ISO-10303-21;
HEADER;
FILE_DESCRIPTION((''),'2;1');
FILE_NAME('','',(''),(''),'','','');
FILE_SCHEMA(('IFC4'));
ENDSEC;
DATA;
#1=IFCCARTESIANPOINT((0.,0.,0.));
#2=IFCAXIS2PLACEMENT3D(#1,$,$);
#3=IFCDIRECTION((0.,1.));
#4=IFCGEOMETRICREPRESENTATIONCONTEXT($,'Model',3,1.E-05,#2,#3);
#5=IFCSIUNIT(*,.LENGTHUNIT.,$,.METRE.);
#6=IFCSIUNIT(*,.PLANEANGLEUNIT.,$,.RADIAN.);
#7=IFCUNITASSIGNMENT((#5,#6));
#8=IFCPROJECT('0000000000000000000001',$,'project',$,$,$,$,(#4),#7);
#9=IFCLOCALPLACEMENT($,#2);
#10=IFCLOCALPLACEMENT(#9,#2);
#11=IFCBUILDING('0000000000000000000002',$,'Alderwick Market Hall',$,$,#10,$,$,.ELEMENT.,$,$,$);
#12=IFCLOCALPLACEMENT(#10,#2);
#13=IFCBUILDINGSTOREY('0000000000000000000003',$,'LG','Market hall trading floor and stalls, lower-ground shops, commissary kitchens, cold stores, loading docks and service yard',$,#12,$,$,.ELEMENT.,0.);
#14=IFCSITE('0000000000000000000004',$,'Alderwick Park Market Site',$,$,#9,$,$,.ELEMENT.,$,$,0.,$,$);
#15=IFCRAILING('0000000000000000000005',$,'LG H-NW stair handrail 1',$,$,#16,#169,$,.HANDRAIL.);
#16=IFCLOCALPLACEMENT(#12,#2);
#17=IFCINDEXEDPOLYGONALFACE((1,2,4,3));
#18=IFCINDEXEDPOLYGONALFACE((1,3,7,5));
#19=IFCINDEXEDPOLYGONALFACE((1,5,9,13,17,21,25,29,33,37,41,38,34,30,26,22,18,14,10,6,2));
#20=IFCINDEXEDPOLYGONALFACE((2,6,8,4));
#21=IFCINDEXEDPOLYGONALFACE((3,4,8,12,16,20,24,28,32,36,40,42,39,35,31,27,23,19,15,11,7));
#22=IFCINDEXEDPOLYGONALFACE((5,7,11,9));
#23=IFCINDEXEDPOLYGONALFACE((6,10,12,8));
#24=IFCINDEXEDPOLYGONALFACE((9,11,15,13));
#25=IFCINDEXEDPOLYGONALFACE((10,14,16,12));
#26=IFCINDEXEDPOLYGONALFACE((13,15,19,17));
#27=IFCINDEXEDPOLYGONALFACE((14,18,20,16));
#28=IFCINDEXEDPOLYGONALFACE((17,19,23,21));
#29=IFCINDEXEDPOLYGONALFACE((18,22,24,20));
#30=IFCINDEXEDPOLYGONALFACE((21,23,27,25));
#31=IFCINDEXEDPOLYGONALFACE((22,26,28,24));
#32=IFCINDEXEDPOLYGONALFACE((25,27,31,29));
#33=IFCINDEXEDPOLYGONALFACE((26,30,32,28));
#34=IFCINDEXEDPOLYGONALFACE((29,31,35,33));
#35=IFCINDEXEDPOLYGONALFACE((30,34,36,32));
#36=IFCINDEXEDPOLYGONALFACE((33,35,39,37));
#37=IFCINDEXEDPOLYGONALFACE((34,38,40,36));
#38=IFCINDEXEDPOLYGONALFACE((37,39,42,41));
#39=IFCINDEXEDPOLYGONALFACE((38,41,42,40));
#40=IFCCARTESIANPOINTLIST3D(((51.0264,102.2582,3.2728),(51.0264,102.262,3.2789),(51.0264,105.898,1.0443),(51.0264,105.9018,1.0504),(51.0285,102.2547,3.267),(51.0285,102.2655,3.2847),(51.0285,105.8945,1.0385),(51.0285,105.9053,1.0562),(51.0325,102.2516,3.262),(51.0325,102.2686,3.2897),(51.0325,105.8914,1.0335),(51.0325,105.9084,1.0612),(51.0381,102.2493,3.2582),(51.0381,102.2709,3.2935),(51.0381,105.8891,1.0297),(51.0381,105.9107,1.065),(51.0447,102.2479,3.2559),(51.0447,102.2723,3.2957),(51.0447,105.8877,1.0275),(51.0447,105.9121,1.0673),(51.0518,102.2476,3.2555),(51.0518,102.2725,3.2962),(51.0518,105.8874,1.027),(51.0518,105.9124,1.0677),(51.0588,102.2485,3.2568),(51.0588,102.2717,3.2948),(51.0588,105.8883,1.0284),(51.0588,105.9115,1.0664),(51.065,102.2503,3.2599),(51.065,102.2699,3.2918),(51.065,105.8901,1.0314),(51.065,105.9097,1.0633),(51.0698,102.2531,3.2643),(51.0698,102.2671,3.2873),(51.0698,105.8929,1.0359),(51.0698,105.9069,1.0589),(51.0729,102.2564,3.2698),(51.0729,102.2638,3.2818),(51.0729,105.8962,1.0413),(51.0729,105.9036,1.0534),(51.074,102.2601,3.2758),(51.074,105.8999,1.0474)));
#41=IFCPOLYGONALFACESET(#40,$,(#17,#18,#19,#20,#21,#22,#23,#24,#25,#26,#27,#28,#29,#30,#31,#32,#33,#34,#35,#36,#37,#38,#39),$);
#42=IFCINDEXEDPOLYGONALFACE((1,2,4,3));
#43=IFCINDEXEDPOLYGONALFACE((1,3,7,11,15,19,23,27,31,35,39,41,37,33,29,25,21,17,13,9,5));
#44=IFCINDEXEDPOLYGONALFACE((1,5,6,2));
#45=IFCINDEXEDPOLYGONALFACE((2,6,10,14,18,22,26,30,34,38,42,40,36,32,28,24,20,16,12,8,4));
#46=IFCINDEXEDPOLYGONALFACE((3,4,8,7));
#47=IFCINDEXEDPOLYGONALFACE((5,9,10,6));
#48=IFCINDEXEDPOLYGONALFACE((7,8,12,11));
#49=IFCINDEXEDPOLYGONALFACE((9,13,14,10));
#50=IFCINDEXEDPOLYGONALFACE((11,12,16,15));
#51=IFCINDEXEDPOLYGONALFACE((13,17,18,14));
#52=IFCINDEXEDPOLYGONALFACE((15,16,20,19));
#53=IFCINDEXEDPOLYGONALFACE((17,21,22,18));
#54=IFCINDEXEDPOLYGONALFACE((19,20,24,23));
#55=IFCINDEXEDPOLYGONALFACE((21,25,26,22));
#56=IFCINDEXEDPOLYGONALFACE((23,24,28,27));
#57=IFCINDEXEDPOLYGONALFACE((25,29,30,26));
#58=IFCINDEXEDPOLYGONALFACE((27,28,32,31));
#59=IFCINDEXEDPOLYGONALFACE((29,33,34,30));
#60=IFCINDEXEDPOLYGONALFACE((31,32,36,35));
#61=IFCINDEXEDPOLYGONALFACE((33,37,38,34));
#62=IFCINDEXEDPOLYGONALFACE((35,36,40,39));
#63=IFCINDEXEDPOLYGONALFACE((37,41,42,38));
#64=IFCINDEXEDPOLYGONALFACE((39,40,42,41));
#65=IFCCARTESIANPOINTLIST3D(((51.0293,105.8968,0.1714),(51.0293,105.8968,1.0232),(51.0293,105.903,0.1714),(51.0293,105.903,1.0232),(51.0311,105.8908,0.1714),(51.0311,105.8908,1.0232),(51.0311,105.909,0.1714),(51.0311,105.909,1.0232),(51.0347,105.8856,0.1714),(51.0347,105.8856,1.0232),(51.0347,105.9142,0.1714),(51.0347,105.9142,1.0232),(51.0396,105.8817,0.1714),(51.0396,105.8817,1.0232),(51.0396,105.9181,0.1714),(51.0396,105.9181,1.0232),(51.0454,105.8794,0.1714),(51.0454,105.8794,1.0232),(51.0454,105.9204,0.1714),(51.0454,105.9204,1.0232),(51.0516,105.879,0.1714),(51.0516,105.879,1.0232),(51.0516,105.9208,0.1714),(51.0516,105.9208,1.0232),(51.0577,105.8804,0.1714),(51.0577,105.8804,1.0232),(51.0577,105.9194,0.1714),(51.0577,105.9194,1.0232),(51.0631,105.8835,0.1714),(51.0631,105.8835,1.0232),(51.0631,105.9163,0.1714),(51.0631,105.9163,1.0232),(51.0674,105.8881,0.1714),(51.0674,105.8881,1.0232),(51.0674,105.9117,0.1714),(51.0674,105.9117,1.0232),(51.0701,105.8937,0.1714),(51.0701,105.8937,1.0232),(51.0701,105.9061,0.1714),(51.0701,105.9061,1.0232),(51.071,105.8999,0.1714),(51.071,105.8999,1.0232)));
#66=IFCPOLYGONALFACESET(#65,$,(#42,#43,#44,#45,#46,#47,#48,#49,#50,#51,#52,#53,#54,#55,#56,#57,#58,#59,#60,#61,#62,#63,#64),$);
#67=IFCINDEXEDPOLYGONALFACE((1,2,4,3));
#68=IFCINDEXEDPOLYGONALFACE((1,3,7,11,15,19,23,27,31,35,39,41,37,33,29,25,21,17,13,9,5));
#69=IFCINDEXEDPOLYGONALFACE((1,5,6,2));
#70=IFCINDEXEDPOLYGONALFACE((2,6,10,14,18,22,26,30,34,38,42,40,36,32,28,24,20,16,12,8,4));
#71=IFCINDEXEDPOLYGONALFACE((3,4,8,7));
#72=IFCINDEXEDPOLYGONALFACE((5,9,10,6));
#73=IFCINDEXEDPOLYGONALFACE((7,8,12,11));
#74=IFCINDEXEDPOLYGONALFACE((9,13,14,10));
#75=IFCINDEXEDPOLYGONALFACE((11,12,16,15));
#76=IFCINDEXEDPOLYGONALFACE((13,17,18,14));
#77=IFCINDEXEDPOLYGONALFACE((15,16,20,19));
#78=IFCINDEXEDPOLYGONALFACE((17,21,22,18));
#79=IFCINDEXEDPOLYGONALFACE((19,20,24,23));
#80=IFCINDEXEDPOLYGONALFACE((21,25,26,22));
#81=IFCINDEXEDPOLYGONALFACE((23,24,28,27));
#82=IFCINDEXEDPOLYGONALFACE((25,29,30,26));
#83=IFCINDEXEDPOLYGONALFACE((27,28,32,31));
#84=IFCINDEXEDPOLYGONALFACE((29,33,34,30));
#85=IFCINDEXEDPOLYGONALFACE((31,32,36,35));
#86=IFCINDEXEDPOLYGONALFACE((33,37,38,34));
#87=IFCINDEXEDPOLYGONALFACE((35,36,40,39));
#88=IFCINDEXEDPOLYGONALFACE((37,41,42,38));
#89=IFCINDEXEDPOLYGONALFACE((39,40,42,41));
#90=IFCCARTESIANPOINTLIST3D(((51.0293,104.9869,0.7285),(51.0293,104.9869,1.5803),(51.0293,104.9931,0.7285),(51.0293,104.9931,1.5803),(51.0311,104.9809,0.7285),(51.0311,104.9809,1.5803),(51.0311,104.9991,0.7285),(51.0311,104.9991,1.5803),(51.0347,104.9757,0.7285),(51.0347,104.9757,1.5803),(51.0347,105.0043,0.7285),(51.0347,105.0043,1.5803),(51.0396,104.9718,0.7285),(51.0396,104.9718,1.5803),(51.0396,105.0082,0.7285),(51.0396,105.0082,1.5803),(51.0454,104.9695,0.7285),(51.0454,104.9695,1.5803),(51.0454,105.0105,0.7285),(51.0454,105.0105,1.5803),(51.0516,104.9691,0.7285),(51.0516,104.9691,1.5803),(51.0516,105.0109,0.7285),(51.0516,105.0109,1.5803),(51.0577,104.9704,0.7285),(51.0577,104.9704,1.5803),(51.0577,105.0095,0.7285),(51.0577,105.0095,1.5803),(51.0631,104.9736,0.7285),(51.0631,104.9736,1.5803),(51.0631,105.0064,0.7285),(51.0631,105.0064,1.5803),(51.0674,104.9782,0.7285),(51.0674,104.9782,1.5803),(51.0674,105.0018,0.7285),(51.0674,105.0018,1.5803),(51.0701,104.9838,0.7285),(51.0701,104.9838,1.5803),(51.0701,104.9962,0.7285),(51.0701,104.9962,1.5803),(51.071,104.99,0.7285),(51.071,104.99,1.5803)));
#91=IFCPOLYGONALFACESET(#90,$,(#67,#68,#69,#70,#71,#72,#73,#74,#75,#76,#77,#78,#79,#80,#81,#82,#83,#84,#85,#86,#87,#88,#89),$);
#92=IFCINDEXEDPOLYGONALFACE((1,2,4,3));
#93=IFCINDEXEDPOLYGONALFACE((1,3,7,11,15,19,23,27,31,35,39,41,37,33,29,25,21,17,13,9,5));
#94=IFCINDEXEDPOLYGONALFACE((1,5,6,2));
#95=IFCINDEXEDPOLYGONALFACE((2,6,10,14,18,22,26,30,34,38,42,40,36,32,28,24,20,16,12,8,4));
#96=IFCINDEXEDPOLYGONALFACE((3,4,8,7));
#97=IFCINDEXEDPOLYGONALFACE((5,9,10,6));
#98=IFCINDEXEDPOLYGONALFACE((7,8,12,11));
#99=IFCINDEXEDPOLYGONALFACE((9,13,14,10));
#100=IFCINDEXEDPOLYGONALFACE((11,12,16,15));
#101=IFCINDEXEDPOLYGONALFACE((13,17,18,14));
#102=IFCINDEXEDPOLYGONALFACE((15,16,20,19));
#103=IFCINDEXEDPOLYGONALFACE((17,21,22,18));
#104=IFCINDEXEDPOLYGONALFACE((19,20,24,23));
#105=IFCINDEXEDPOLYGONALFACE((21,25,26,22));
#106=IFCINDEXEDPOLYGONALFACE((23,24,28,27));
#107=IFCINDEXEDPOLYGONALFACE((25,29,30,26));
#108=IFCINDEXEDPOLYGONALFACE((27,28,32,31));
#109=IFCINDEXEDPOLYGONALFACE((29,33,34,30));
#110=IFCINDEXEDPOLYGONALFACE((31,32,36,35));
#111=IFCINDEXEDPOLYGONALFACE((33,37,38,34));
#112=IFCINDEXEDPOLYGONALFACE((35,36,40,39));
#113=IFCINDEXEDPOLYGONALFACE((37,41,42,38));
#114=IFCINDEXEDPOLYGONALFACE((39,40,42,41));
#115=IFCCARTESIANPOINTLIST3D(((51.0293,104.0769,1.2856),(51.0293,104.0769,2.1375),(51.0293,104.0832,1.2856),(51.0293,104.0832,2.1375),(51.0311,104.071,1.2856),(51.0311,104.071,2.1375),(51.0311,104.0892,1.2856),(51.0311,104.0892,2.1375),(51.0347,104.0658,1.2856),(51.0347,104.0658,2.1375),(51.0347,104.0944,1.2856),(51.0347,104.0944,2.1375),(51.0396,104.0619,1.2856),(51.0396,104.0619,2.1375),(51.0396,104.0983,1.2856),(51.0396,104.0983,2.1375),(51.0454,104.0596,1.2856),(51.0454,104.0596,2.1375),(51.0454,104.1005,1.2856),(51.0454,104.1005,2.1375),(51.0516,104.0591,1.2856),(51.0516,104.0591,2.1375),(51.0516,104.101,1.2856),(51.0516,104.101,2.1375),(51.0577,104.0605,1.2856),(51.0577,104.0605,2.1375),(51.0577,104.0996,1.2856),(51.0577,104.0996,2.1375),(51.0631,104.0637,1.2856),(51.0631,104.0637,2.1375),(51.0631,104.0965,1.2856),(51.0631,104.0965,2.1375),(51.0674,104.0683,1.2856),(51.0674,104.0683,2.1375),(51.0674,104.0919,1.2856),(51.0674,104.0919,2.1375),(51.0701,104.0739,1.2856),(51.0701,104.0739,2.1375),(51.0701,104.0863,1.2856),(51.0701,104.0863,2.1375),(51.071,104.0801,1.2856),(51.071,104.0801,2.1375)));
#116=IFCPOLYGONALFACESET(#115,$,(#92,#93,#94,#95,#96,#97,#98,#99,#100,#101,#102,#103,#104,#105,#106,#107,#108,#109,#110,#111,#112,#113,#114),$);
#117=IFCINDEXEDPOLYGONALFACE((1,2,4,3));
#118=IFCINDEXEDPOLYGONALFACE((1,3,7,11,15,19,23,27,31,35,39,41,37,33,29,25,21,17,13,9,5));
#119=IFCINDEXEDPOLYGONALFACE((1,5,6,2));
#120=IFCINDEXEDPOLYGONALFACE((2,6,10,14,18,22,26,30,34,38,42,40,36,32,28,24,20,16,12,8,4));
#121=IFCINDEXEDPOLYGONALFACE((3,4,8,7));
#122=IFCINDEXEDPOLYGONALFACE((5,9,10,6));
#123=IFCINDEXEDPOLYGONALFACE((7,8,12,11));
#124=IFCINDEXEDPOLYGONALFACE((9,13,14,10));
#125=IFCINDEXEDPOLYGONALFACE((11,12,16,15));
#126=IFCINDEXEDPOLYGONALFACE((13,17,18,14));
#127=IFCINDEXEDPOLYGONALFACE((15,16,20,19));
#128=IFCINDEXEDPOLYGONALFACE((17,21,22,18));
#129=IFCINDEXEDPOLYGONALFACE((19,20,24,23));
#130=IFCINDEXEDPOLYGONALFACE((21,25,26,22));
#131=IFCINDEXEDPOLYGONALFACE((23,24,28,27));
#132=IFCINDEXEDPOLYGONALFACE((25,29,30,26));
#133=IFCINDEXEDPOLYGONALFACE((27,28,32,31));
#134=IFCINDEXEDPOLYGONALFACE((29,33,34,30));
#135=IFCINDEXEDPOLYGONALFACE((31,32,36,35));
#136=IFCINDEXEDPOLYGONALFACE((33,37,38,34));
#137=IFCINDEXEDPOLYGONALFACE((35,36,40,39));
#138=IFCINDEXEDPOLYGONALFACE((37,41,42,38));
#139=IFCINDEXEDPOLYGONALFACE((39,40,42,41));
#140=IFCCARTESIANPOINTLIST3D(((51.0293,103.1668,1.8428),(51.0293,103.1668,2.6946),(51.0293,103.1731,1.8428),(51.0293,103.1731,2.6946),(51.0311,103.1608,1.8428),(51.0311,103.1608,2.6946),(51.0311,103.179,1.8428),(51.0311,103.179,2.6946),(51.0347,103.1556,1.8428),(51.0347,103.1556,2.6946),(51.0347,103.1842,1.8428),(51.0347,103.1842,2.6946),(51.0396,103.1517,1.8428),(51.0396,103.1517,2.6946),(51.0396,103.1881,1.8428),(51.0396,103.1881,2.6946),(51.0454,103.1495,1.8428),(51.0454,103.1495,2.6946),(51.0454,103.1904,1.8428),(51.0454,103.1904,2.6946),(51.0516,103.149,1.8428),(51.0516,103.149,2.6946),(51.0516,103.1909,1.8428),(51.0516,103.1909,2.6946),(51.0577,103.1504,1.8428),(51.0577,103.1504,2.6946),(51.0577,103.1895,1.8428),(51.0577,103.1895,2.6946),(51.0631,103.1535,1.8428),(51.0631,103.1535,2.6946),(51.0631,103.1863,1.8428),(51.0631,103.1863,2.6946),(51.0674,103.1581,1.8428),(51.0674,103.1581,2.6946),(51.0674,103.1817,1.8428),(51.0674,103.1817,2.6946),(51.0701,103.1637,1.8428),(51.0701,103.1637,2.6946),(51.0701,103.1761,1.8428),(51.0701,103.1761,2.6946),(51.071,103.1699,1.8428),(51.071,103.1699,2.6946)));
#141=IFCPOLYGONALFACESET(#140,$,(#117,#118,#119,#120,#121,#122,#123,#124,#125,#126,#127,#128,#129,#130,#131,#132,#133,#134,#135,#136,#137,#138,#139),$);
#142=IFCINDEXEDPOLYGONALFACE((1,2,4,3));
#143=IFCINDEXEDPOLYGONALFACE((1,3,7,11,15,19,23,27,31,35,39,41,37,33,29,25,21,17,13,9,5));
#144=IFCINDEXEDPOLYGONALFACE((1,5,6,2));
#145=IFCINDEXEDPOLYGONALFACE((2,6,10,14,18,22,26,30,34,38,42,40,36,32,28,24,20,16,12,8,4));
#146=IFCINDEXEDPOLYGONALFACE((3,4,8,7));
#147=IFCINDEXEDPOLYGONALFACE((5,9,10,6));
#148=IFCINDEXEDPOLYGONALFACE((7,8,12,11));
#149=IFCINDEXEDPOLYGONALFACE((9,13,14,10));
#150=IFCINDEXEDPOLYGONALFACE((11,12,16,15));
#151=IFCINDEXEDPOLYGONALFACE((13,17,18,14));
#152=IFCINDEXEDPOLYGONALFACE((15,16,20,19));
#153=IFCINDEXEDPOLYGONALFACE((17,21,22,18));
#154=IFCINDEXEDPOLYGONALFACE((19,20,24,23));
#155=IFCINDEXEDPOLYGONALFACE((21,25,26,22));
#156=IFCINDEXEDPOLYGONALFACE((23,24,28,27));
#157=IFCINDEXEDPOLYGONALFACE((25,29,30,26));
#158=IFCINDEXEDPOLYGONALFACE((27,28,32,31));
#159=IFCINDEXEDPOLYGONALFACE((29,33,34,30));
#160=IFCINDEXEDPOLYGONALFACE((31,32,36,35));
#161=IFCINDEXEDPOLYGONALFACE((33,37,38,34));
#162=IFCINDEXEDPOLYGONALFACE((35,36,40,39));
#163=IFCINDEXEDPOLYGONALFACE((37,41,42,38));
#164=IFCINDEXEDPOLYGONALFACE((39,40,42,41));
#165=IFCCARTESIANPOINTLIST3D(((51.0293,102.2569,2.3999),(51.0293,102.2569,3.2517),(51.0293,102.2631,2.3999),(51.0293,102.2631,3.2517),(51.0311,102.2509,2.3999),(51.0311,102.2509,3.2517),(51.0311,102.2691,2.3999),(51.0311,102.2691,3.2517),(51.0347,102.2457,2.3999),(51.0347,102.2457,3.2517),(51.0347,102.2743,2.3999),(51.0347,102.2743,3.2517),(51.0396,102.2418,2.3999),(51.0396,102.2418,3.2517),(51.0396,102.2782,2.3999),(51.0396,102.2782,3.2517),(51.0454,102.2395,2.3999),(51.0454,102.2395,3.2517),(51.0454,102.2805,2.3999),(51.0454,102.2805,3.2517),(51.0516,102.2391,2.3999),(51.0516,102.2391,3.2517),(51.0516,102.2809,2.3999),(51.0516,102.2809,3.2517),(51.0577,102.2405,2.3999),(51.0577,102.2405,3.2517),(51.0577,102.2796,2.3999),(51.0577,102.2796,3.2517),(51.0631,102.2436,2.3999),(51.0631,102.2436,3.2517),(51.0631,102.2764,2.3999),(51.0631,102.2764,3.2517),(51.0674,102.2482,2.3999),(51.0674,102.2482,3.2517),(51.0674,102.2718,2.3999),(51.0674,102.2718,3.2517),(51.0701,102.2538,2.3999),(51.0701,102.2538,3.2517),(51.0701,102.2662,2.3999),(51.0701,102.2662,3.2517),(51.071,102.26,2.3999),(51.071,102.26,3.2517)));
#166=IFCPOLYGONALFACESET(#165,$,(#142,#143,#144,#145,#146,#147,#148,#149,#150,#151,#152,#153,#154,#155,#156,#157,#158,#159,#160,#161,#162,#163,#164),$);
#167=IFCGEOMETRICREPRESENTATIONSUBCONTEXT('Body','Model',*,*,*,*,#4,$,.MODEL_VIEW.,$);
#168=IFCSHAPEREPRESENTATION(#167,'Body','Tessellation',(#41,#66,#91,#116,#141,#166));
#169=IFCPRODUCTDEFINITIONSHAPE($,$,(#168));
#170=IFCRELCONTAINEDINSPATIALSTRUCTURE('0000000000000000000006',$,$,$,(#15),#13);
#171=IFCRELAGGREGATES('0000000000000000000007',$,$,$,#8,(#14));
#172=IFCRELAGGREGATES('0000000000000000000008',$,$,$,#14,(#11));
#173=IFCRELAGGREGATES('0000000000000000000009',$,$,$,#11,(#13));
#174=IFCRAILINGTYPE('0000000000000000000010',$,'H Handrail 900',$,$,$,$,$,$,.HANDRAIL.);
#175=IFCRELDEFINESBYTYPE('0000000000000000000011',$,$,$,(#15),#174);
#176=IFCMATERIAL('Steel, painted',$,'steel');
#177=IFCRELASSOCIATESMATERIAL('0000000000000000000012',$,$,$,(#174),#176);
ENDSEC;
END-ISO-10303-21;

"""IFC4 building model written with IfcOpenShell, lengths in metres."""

from ifc_helpers import new_model, si_unit, direction, frame, origin, origin_2d, place, context, subcontext, project, spatial, circle, extrude, material, type_object, element, save


model = new_model("IFC4")

# Units and contexts
model_context = context("Model", 3, precision=1e-05, world=origin(), true_north=direction((0.0, 1.0)))
body_context = subcontext(model_context, "Body", "Model", "MODEL_VIEW")
ifc_project = project(units=[si_unit("LENGTHUNIT", "METRE"), si_unit("PLANEANGLEUNIT", "RADIAN")], contexts=[model_context])

# Site, building, storey
site_placement = place(None, origin())
site = spatial("IfcSite", under=ifc_project, at=site_placement, Name="Alderwick Park Market Site", CompositionType="ELEMENT", RefElevation=0.0)
building_placement = place(site_placement, origin())
building = spatial("IfcBuilding", under=site, at=building_placement, Name="Alderwick Market Hall", CompositionType="ELEMENT")
storey_placement = place(building_placement, origin())
storey = spatial("IfcBuildingStorey", under=building, at=storey_placement, Name="LG", Description="Market hall trading floor and stalls, lower-ground shops, commissary kitchens, cold stores, loading docks and service yard", CompositionType="ELEMENT", Elevation=0.0)

# Railing
ifc_material_1 = material(Name="Steel, painted", Category="steel")
railing_type_1 = type_object("IfcRailingType", Name="H Handrail 900", PredefinedType="HANDRAIL", material=ifc_material_1)
railing_1_placement = place(storey_placement, frame((51.05, 105.8999, 0.1714)))
element("IfcRailing", 1, at=railing_1_placement, inside=storey, type_object=railing_type_1, Name="LG H-NW stair handrail 1", PredefinedType="HANDRAIL", context=body_context, shape_type="SweptSolid", body=[
    extrude(circle(Radius=0.0239, at=origin_2d()), frame((0.0, 0.0, 0.876), z_axis=(0.0, -0.85285, 0.522156), x_axis=(1.0, 0.0, 0.0)), (0.0, 0.0, 1.0), 4.2678),
    extrude(circle(Radius=0.021, at=origin_2d()), origin(), (0.0, 0.0, 1.0), 0.8518),
    extrude(circle(Radius=0.021, at=origin_2d()), frame((0.0, -0.9099, 0.5571)), (0.0, 0.0, 1.0), 0.8518),
    extrude(circle(Radius=0.021, at=origin_2d()), frame((0.0, -1.8198, 1.1143)), (0.0, 0.0, 1.0), 0.8518),
    extrude(circle(Radius=0.021, at=origin_2d()), frame((0.0, -2.73, 1.6714)), (0.0, 0.0, 1.0), 0.8518),
    extrude(circle(Radius=0.021, at=origin_2d()), frame((0.0, -3.6399, 2.2285)), (0.0, 0.0, 1.0), 0.8518),
])

save(model, "model.ifc")
